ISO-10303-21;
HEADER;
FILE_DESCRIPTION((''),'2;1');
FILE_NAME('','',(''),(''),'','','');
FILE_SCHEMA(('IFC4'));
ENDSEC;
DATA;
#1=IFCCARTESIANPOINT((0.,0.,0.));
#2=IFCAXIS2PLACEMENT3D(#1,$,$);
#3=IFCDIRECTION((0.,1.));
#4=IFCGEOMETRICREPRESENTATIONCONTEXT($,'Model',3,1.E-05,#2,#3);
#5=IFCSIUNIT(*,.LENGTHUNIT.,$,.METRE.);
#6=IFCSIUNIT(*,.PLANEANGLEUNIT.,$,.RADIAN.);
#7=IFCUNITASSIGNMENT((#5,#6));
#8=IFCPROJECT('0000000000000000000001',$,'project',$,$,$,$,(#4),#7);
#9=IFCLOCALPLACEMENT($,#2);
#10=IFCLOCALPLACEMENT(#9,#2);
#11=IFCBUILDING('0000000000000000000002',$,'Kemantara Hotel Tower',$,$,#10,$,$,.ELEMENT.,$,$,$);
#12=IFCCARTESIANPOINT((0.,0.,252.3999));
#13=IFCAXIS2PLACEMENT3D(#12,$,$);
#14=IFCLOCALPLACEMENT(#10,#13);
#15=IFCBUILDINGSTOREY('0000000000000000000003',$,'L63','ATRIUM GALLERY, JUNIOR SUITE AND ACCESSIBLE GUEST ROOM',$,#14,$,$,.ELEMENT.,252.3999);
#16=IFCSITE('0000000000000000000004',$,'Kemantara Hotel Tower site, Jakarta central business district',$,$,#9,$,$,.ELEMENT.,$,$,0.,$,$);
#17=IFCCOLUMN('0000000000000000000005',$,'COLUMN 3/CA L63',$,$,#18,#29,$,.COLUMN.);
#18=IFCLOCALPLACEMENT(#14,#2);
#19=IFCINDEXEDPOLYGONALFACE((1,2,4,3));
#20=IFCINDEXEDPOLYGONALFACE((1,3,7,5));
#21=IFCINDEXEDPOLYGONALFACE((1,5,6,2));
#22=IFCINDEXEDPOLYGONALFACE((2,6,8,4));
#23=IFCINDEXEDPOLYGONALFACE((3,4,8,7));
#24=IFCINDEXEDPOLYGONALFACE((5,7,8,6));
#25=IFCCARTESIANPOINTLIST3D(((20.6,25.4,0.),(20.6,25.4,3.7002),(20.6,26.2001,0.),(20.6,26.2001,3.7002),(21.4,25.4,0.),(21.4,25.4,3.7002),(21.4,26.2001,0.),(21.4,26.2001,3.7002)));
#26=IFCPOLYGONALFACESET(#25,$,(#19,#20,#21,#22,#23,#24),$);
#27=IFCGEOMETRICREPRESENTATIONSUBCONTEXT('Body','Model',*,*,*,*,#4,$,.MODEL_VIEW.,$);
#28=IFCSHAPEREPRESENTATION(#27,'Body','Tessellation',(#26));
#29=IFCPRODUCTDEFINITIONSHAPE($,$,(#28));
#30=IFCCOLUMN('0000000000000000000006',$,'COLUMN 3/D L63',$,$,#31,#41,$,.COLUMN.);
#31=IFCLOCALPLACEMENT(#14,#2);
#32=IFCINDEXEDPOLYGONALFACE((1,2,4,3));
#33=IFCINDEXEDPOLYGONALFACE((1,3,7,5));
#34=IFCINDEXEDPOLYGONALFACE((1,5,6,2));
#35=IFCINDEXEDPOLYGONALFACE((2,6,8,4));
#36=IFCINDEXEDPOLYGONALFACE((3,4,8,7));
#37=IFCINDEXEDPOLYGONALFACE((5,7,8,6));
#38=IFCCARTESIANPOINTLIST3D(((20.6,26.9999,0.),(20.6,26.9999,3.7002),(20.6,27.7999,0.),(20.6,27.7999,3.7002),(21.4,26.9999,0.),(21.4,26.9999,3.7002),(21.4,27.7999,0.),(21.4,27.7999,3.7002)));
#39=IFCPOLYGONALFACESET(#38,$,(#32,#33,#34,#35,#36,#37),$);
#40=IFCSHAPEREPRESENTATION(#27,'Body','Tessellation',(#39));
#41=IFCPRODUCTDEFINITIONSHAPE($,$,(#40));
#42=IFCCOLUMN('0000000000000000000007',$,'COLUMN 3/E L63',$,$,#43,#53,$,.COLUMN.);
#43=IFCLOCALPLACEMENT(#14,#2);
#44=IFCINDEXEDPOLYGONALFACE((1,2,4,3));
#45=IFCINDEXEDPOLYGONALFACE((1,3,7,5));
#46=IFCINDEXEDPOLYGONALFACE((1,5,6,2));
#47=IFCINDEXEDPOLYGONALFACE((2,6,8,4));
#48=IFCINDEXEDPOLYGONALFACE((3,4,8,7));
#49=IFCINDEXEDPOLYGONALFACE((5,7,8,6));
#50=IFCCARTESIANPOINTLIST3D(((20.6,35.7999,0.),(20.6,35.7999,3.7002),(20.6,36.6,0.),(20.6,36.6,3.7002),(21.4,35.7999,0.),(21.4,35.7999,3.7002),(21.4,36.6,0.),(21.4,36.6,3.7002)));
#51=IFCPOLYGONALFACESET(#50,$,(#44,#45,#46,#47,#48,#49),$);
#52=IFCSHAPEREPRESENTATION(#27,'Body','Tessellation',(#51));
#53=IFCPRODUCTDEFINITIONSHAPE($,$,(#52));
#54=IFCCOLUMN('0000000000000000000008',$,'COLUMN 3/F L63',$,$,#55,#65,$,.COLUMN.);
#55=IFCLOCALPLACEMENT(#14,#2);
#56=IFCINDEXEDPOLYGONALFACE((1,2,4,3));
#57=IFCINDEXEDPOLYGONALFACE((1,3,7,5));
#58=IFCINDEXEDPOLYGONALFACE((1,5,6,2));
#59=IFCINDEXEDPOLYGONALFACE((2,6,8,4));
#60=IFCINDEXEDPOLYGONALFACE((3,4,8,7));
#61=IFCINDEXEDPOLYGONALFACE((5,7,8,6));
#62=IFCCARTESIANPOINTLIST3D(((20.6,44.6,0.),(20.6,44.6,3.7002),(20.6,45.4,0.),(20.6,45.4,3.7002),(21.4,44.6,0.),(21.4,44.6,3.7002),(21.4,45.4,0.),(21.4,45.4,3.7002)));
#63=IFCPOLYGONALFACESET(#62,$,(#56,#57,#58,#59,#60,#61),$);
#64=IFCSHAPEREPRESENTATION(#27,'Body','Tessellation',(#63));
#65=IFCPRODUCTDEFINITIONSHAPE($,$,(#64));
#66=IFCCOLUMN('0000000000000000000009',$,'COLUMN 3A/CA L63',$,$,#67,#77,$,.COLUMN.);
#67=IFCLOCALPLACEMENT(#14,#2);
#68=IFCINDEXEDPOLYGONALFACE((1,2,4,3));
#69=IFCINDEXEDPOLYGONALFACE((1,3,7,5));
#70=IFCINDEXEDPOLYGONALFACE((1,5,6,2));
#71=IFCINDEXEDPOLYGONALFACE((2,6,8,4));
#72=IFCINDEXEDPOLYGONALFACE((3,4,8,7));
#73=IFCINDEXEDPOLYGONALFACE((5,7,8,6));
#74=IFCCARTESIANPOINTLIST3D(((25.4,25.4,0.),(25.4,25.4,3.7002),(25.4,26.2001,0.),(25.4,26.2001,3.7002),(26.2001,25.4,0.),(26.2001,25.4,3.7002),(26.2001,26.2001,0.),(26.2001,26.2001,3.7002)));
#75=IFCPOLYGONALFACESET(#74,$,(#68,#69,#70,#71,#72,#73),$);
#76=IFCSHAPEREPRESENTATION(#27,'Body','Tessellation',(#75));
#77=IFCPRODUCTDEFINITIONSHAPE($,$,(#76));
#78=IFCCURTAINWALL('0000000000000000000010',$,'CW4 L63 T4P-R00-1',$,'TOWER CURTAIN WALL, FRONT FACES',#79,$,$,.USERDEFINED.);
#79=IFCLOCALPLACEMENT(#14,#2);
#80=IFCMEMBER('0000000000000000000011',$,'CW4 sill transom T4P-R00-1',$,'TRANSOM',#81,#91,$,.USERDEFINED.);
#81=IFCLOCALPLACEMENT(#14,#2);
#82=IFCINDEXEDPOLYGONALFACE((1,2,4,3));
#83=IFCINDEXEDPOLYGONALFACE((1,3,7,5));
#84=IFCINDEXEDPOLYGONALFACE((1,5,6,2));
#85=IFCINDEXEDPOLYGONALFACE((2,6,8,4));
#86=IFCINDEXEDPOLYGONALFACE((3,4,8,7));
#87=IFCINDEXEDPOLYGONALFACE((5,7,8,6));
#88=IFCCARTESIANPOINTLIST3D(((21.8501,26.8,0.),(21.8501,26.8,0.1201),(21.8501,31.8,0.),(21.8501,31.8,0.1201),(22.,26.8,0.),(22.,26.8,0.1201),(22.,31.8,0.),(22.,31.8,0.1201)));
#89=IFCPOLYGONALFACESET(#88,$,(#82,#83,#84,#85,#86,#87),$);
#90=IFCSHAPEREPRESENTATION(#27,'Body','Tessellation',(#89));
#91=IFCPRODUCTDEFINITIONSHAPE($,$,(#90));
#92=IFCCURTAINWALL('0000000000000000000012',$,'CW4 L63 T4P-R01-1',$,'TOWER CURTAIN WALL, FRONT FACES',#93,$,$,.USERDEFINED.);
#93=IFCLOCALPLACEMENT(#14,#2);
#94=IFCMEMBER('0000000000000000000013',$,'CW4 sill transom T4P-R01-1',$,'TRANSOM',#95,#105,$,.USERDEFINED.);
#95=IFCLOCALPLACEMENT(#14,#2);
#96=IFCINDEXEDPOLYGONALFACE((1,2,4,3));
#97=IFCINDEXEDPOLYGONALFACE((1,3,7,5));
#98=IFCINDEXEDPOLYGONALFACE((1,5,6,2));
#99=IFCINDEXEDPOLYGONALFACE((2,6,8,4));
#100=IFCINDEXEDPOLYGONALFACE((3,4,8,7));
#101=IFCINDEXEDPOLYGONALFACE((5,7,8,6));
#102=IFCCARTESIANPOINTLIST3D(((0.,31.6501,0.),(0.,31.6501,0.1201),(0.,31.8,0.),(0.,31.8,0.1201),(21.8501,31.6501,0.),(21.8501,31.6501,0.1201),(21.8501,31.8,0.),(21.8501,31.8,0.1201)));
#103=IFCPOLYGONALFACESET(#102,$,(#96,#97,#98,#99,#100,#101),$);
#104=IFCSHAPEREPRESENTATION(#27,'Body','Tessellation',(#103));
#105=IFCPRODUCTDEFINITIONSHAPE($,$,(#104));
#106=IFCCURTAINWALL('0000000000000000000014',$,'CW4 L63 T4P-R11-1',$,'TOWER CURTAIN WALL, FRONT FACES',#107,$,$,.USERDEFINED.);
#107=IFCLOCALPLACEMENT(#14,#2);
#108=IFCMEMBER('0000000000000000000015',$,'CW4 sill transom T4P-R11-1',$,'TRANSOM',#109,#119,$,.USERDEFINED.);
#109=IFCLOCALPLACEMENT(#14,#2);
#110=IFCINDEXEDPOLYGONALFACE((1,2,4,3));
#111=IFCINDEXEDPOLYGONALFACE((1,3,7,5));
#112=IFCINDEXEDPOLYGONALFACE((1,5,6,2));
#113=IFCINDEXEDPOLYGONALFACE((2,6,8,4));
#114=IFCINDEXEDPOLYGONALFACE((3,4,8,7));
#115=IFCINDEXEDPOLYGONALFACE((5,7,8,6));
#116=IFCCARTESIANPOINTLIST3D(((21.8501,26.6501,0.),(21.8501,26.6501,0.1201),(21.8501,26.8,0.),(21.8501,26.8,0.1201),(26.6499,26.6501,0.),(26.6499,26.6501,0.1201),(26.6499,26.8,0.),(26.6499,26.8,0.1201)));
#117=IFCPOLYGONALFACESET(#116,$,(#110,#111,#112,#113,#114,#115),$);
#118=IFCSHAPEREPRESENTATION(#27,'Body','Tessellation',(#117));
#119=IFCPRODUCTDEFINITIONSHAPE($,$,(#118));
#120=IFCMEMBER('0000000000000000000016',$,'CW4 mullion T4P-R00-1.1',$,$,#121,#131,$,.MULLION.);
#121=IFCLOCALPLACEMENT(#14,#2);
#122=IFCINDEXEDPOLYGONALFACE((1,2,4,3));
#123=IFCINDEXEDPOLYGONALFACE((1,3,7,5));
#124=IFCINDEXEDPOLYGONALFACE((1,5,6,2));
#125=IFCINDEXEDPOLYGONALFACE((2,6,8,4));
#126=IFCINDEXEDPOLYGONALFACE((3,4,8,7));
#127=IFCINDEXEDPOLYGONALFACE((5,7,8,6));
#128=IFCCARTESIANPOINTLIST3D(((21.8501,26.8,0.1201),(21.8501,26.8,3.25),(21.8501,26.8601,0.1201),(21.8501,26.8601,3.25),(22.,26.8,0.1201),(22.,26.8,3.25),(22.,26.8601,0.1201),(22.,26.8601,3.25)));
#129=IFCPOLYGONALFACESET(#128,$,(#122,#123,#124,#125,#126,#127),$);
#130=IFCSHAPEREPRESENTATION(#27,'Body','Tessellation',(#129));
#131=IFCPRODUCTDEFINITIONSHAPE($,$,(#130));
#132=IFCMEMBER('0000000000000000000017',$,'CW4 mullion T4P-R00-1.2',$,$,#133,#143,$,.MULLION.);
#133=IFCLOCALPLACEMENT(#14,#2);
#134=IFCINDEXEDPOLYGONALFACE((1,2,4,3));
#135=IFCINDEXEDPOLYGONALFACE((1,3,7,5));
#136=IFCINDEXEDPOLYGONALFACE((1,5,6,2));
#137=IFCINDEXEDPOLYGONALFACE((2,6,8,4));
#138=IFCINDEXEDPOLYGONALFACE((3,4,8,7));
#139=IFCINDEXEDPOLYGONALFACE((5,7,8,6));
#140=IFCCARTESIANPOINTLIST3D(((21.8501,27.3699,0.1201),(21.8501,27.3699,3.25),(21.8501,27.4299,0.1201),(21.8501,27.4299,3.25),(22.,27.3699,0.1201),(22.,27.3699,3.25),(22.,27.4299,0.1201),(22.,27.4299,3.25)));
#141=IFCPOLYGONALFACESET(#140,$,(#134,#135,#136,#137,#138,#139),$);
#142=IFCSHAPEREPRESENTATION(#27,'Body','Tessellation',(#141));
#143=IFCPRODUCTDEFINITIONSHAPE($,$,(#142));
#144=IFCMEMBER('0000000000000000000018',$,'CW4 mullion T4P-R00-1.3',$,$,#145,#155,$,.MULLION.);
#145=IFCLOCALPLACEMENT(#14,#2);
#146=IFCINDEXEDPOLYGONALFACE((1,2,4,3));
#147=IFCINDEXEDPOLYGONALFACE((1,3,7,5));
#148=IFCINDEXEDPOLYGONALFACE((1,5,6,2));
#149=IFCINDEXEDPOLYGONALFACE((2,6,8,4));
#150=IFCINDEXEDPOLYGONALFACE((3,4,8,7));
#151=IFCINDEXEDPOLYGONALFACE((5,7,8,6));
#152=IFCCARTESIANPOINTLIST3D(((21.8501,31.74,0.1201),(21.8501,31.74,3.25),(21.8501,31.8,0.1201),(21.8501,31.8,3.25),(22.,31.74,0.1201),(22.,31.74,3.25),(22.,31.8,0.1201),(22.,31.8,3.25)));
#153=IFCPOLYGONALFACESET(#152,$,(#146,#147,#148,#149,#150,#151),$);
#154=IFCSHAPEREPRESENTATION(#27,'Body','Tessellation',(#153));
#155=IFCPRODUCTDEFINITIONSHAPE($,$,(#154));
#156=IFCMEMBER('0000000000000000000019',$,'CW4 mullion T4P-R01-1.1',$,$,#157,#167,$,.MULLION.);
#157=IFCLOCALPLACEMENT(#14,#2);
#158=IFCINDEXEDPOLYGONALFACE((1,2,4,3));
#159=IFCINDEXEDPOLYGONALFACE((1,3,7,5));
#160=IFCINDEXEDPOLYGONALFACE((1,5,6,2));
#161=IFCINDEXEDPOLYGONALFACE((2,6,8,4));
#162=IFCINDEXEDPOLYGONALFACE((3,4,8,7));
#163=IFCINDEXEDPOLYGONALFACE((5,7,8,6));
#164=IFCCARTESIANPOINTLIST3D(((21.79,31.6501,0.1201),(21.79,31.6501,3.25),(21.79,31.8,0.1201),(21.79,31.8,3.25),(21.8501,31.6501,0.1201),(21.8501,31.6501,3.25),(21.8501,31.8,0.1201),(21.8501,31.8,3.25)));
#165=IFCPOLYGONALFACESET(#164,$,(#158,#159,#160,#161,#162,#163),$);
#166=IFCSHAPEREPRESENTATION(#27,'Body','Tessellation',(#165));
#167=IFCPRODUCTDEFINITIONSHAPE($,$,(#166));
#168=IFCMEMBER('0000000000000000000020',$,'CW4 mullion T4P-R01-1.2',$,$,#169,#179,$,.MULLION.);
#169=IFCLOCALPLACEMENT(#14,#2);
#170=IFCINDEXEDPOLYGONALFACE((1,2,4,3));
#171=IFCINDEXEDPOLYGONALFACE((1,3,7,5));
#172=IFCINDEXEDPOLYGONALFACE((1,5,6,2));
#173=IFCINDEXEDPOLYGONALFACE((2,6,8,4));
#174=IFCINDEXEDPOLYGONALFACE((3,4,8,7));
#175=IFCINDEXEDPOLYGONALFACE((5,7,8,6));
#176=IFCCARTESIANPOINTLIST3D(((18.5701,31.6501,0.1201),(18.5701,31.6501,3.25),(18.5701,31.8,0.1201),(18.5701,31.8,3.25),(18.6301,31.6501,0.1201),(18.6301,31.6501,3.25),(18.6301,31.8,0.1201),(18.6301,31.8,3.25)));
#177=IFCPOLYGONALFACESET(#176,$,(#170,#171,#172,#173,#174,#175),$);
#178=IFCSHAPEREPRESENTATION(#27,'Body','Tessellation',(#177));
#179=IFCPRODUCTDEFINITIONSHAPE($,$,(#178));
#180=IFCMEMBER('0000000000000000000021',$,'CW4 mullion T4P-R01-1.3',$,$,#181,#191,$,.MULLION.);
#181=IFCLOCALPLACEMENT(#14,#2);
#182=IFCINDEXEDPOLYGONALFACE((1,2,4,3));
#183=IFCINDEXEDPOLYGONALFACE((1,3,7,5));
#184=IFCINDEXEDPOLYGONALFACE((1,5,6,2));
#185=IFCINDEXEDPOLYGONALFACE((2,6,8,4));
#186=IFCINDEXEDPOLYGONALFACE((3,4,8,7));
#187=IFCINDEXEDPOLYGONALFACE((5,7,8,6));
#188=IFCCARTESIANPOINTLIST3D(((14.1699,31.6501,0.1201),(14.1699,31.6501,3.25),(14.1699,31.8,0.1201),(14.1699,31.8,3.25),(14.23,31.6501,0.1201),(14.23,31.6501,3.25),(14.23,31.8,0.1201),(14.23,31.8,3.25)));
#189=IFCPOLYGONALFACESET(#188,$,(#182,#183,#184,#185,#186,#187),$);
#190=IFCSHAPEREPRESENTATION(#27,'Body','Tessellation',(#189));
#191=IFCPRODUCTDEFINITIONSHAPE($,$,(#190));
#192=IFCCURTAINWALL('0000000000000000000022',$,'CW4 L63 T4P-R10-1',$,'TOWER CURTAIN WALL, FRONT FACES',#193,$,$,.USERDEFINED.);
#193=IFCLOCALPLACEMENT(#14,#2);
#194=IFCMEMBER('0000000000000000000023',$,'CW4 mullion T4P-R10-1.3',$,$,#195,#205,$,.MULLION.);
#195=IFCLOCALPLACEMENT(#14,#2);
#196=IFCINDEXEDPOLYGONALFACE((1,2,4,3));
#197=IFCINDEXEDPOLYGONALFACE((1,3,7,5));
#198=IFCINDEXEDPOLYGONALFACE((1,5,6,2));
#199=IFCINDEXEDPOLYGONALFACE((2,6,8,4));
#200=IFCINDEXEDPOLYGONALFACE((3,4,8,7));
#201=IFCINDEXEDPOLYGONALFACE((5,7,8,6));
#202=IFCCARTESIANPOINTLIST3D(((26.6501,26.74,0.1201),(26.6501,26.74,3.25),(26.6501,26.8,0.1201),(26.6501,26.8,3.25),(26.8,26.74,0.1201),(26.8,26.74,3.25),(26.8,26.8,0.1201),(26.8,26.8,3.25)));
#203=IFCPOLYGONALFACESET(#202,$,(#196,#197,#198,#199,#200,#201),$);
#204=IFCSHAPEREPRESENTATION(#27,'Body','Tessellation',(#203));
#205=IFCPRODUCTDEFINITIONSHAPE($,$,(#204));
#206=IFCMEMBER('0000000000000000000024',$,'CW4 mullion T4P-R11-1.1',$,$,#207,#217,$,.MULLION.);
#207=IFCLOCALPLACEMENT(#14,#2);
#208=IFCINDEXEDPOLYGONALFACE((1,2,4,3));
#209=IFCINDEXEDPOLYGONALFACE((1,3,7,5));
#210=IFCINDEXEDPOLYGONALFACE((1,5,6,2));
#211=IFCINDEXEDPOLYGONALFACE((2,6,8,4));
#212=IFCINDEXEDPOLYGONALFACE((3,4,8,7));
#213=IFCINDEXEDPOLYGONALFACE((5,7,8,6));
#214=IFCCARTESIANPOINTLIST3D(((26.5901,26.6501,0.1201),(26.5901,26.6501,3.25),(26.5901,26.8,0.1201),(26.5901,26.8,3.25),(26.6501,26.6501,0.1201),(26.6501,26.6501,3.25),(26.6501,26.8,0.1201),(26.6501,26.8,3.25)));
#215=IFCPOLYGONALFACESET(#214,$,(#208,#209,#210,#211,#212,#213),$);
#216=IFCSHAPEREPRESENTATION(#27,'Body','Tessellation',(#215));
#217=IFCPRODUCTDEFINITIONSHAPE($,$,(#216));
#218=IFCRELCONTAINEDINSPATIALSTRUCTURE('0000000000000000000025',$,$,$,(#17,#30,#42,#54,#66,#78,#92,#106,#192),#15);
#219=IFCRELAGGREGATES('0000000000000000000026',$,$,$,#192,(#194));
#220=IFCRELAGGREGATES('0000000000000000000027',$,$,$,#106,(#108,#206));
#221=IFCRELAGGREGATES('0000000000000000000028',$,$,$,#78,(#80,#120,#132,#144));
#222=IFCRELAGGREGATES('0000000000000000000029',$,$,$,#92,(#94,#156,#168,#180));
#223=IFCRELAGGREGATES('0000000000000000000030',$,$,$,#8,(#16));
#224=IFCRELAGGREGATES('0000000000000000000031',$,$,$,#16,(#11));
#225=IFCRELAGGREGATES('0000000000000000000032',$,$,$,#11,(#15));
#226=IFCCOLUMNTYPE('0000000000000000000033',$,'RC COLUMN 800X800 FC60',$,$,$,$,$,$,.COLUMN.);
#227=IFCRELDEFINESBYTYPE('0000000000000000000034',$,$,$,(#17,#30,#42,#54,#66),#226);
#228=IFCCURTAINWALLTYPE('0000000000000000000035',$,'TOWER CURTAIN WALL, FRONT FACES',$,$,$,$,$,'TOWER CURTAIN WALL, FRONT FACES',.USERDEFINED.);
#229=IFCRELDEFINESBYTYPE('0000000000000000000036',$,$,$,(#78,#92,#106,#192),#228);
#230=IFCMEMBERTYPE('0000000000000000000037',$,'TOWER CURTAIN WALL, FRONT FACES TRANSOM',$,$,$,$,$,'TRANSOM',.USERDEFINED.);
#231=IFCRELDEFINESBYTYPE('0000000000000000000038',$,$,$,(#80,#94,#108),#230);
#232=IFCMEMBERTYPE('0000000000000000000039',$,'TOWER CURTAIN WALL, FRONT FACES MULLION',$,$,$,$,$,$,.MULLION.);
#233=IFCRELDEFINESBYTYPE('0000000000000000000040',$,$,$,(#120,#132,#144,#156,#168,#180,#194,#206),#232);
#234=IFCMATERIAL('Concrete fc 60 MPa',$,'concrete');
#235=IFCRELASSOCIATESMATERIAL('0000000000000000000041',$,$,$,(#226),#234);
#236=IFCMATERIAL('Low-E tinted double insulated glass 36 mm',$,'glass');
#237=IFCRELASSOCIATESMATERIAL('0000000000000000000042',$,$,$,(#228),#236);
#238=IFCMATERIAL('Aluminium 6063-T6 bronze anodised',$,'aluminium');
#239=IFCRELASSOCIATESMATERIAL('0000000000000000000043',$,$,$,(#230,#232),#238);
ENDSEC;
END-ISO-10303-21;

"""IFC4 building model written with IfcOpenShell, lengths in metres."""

from ifc_helpers import new_model, si_unit, direction, frame, origin, origin_2d, place, context, subcontext, project, spatial, rectangle, extrude, source, transform, mapped, material, material_profile, profile_set, type_object, element, aggregate, save


model = new_model("IFC4")

# Units and contexts
model_context = context("Model", 3, precision=1e-05, world=origin(), true_north=direction((0.0, 1.0)))
body_context = subcontext(model_context, "Body", "Model", "MODEL_VIEW")
ifc_project = project(units=[si_unit("LENGTHUNIT", "METRE"), si_unit("PLANEANGLEUNIT", "RADIAN")], contexts=[model_context])

# Site, building, storey
site_placement = place(None, origin())
site = spatial("IfcSite", under=ifc_project, at=site_placement, Name="Kemantara Hotel Tower site, Jakarta central business district", CompositionType="ELEMENT", RefElevation=0.0)
building_placement = place(site_placement, origin())
building = spatial("IfcBuilding", under=site, at=building_placement, Name="Kemantara Hotel Tower", CompositionType="ELEMENT")
storey_placement = place(building_placement, frame((0.0, 0.0, 252.3999)))
storey = spatial("IfcBuildingStorey", under=building, at=storey_placement, Name="L63", Description="ATRIUM GALLERY, JUNIOR SUITE AND ACCESSIBLE GUEST ROOM", CompositionType="ELEMENT", Elevation=252.3999)

# Columns
ifc_material_1 = material(Name="Concrete fc 60 MPa", Category="concrete")
ifc_material_profile_1 = material_profile(ifc_material_1, rectangle(XDim=0.8, YDim=0.8, at=origin_2d()), Name="RC 800X800")
ifc_profile_set_1 = profile_set([ifc_material_profile_1], Name="Concrete fc 60 MPa")
column_type = type_object("IfcColumnType", Name="RC COLUMN 800X800 FC60", PredefinedType="COLUMN", material=ifc_profile_set_1)
for number, where, z_axis, x_axis, name in (
    (1, (21.0, 25.8, 0.0), (0.0, 0.0, 1.0), (1.0, 0.0, 0.0), "COLUMN 3/CA L63"),
    (2, (21.0, 27.3999, 0.0), (0.0, 0.0, 1.0), (1.0, 0.0, 0.0), "COLUMN 3/D L63"),
    (3, (21.0, 36.2, 0.0), (0.0, 0.0, 1.0), (1.0, 0.0, 0.0), "COLUMN 3/E L63"),
    (4, (21.0, 45.0, 0.0), (0.0, 0.0, 1.0), (1.0, 0.0, 0.0), "COLUMN 3/F L63"),
    (5, (25.8, 25.8, 0.0), (0.0, 0.0, 1.0), (1.0, 0.0, 0.0), "COLUMN 3A/CA L63"),
):
    element("IfcColumn", number, at=place(storey_placement, frame(where, z_axis=z_axis, x_axis=x_axis)), inside=storey, type_object=column_type, Name=name, PredefinedType="COLUMN", context=body_context, shape_type="SweptSolid", body=[
        extrude(rectangle(XDim=0.8, YDim=0.8, at=origin_2d()), origin(), (0.0, 0.0, 1.0), 3.7002),
    ])

# Curtain walls, members
ifc_material_2 = material(Name="Low-E tinted double insulated glass 36 mm", Category="glass")
curtain_wall_type = type_object("IfcCurtainWallType", Name="TOWER CURTAIN WALL, FRONT FACES", ElementType="TOWER CURTAIN WALL, FRONT FACES", PredefinedType="USERDEFINED", material=ifc_material_2)
curtain_wall_1_placement = place(storey_placement, origin())
curtain_wall_1 = element("IfcCurtainWall", 6, at=curtain_wall_1_placement, inside=storey, type_object=curtain_wall_type, Name="CW4 L63 T4P-R00-1", ObjectType="TOWER CURTAIN WALL, FRONT FACES", PredefinedType="USERDEFINED")
ifc_material_3 = material(Name="Aluminium 6063-T6 bronze anodised", Category="aluminium")
ifc_material_profile_2 = material_profile(ifc_material_3, rectangle(XDim=0.1499, YDim=0.1201, at=origin_2d()), Name="TOWER CURTAIN WALL, FRONT FACES TRANSOM")
ifc_profile_set_2 = profile_set([ifc_material_profile_2], Name="Aluminium 6063-T6 bronze anodised")
member_type_1 = type_object("IfcMemberType", Name="TOWER CURTAIN WALL, FRONT FACES TRANSOM", ElementType="TRANSOM", PredefinedType="USERDEFINED", material=ifc_profile_set_2)
member_1_placement = place(storey_placement, frame((21.925, 26.8, 0.0601), z_axis=(0.0, 1.0, 0.0), x_axis=(-1.0, 0.0, 0.0)))
member_1 = element("IfcMember", 7, at=member_1_placement, type_object=member_type_1, Name="CW4 sill transom T4P-R00-1", ObjectType="TRANSOM", PredefinedType="USERDEFINED", context=body_context, shape_type="SweptSolid", body=[
    extrude(rectangle(XDim=0.1499, YDim=0.1201, at=origin_2d()), origin(), (0.0, 0.0, 1.0), 5.0),
])
curtain_wall_2_placement = place(storey_placement, origin())
curtain_wall_2 = element("IfcCurtainWall", 8, at=curtain_wall_2_placement, inside=storey, type_object=curtain_wall_type, Name="CW4 L63 T4P-R01-1", ObjectType="TOWER CURTAIN WALL, FRONT FACES", PredefinedType="USERDEFINED")
member_2_placement = place(storey_placement, frame((21.8501, 31.7251, 0.0601), z_axis=(-1.0, 0.0, 0.0), x_axis=(0.0, -1.0, 0.0)))
member_2 = element("IfcMember", 9, at=member_2_placement, type_object=member_type_1, Name="CW4 sill transom T4P-R01-1", ObjectType="TRANSOM", PredefinedType="USERDEFINED", context=body_context, shape_type="SweptSolid", body=[
    extrude(rectangle(XDim=0.1499, YDim=0.1201, at=origin_2d()), origin(), (0.0, 0.0, 1.0), 21.8501),
])
curtain_wall_3_placement = place(storey_placement, origin())
curtain_wall_3 = element("IfcCurtainWall", 10, at=curtain_wall_3_placement, inside=storey, type_object=curtain_wall_type, Name="CW4 L63 T4P-R11-1", ObjectType="TOWER CURTAIN WALL, FRONT FACES", PredefinedType="USERDEFINED")
member_3_placement = place(storey_placement, frame((26.6499, 26.7251, 0.0601), z_axis=(-1.0, 0.0, 0.0), x_axis=(0.0, -1.0, 0.0)))
member_3 = element("IfcMember", 11, at=member_3_placement, type_object=member_type_1, Name="CW4 sill transom T4P-R11-1", ObjectType="TRANSOM", PredefinedType="USERDEFINED", context=body_context, shape_type="SweptSolid", body=[
    extrude(rectangle(XDim=0.1499, YDim=0.1201, at=origin_2d()), origin(), (0.0, 0.0, 1.0), 4.7998),
])

# Members
ifc_material_profile_3 = material_profile(ifc_material_3, rectangle(XDim=0.1499, YDim=0.0601, at=origin_2d()), Name="TOWER CURTAIN WALL, FRONT FACES MULLION")
ifc_profile_set_3 = profile_set([ifc_material_profile_3], Name="Aluminium 6063-T6 bronze anodised")
member_type_2 = type_object("IfcMemberType", Name="TOWER CURTAIN WALL, FRONT FACES MULLION", PredefinedType="MULLION", material=ifc_profile_set_3)
shared_shape_1 = source(origin(), body_context, "Body", "SweptSolid", [
    extrude(rectangle(XDim=0.1499, YDim=0.0601, at=origin_2d()), origin(), (0.0, 0.0, 1.0), 3.1299),
])
member_4_placement = place(storey_placement, frame((21.925, 26.8301, 0.1201), z_axis=(0.0, 0.0, 1.0), x_axis=(-1.0, 0.0, 0.0)))
member_4 = element("IfcMember", 12, at=member_4_placement, type_object=member_type_2, Name="CW4 mullion T4P-R00-1.1", PredefinedType="MULLION", context=body_context, shape_type="MappedRepresentation", body=[
    mapped(shared_shape_1, transform((0.0, 0.0, 0.0))),
])
member_5_placement = place(storey_placement, frame((21.925, 27.3999, 0.1201), z_axis=(0.0, 0.0, 1.0), x_axis=(-1.0, 0.0, 0.0)))
member_5 = element("IfcMember", 13, at=member_5_placement, type_object=member_type_2, Name="CW4 mullion T4P-R00-1.2", PredefinedType="MULLION", context=body_context, shape_type="MappedRepresentation", body=[
    mapped(shared_shape_1, transform((0.0, 0.0, 0.0))),
])
member_6_placement = place(storey_placement, frame((21.925, 31.77, 0.1201), z_axis=(0.0, 0.0, 1.0), x_axis=(-1.0, 0.0, 0.0)))
member_6 = element("IfcMember", 14, at=member_6_placement, type_object=member_type_2, Name="CW4 mullion T4P-R00-1.3", PredefinedType="MULLION", context=body_context, shape_type="MappedRepresentation", body=[
    mapped(shared_shape_1, transform((0.0, 0.0, 0.0))),
])
member_7_placement = place(storey_placement, frame((21.8201, 31.7251, 0.1201), z_axis=(0.0, 0.0, 1.0), x_axis=(0.0, -1.0, 0.0)))
member_7 = element("IfcMember", 15, at=member_7_placement, type_object=member_type_2, Name="CW4 mullion T4P-R01-1.1", PredefinedType="MULLION", context=body_context, shape_type="MappedRepresentation", body=[
    mapped(shared_shape_1, transform((0.0, 0.0, 0.0))),
])
member_8_placement = place(storey_placement, frame((18.6001, 31.7251, 0.1201), z_axis=(0.0, 0.0, 1.0), x_axis=(0.0, -1.0, 0.0)))
member_8 = element("IfcMember", 16, at=member_8_placement, type_object=member_type_2, Name="CW4 mullion T4P-R01-1.2", PredefinedType="MULLION", context=body_context, shape_type="MappedRepresentation", body=[
    mapped(shared_shape_1, transform((0.0, 0.0, 0.0))),
])
member_9_placement = place(storey_placement, frame((14.2, 31.7251, 0.1201), z_axis=(0.0, 0.0, 1.0), x_axis=(0.0, -1.0, 0.0)))
member_9 = element("IfcMember", 17, at=member_9_placement, type_object=member_type_2, Name="CW4 mullion T4P-R01-1.3", PredefinedType="MULLION", context=body_context, shape_type="MappedRepresentation", body=[
    mapped(shared_shape_1, transform((0.0, 0.0, 0.0))),
])

# Curtain wall, member
curtain_wall_4_placement = place(storey_placement, origin())
curtain_wall_4 = element("IfcCurtainWall", 18, at=curtain_wall_4_placement, inside=storey, type_object=curtain_wall_type, Name="CW4 L63 T4P-R10-1", ObjectType="TOWER CURTAIN WALL, FRONT FACES", PredefinedType="USERDEFINED")
member_10_placement = place(storey_placement, frame((26.7251, 26.77, 0.1201), z_axis=(0.0, 0.0, 1.0), x_axis=(-1.0, 0.0, 0.0)))
member_10 = element("IfcMember", 19, at=member_10_placement, type_object=member_type_2, Name="CW4 mullion T4P-R10-1.3", PredefinedType="MULLION", context=body_context, shape_type="MappedRepresentation", body=[
    mapped(shared_shape_1, transform((0.0, 0.0, 0.0))),
])
aggregate(curtain_wall_4, [member_10])

# Member
member_11_placement = place(storey_placement, frame((26.6201, 26.7251, 0.1201), z_axis=(0.0, 0.0, 1.0), x_axis=(0.0, -1.0, 0.0)))
member_11 = element("IfcMember", 20, at=member_11_placement, type_object=member_type_2, Name="CW4 mullion T4P-R11-1.1", PredefinedType="MULLION", context=body_context, shape_type="MappedRepresentation", body=[
    mapped(shared_shape_1, transform((0.0, 0.0, 0.0))),
])

aggregate(curtain_wall_3, [member_3, member_11])
aggregate(curtain_wall_1, [member_1, member_4, member_5, member_6])
aggregate(curtain_wall_2, [member_2, member_7, member_8, member_9])

save(model, "model.ifc")
